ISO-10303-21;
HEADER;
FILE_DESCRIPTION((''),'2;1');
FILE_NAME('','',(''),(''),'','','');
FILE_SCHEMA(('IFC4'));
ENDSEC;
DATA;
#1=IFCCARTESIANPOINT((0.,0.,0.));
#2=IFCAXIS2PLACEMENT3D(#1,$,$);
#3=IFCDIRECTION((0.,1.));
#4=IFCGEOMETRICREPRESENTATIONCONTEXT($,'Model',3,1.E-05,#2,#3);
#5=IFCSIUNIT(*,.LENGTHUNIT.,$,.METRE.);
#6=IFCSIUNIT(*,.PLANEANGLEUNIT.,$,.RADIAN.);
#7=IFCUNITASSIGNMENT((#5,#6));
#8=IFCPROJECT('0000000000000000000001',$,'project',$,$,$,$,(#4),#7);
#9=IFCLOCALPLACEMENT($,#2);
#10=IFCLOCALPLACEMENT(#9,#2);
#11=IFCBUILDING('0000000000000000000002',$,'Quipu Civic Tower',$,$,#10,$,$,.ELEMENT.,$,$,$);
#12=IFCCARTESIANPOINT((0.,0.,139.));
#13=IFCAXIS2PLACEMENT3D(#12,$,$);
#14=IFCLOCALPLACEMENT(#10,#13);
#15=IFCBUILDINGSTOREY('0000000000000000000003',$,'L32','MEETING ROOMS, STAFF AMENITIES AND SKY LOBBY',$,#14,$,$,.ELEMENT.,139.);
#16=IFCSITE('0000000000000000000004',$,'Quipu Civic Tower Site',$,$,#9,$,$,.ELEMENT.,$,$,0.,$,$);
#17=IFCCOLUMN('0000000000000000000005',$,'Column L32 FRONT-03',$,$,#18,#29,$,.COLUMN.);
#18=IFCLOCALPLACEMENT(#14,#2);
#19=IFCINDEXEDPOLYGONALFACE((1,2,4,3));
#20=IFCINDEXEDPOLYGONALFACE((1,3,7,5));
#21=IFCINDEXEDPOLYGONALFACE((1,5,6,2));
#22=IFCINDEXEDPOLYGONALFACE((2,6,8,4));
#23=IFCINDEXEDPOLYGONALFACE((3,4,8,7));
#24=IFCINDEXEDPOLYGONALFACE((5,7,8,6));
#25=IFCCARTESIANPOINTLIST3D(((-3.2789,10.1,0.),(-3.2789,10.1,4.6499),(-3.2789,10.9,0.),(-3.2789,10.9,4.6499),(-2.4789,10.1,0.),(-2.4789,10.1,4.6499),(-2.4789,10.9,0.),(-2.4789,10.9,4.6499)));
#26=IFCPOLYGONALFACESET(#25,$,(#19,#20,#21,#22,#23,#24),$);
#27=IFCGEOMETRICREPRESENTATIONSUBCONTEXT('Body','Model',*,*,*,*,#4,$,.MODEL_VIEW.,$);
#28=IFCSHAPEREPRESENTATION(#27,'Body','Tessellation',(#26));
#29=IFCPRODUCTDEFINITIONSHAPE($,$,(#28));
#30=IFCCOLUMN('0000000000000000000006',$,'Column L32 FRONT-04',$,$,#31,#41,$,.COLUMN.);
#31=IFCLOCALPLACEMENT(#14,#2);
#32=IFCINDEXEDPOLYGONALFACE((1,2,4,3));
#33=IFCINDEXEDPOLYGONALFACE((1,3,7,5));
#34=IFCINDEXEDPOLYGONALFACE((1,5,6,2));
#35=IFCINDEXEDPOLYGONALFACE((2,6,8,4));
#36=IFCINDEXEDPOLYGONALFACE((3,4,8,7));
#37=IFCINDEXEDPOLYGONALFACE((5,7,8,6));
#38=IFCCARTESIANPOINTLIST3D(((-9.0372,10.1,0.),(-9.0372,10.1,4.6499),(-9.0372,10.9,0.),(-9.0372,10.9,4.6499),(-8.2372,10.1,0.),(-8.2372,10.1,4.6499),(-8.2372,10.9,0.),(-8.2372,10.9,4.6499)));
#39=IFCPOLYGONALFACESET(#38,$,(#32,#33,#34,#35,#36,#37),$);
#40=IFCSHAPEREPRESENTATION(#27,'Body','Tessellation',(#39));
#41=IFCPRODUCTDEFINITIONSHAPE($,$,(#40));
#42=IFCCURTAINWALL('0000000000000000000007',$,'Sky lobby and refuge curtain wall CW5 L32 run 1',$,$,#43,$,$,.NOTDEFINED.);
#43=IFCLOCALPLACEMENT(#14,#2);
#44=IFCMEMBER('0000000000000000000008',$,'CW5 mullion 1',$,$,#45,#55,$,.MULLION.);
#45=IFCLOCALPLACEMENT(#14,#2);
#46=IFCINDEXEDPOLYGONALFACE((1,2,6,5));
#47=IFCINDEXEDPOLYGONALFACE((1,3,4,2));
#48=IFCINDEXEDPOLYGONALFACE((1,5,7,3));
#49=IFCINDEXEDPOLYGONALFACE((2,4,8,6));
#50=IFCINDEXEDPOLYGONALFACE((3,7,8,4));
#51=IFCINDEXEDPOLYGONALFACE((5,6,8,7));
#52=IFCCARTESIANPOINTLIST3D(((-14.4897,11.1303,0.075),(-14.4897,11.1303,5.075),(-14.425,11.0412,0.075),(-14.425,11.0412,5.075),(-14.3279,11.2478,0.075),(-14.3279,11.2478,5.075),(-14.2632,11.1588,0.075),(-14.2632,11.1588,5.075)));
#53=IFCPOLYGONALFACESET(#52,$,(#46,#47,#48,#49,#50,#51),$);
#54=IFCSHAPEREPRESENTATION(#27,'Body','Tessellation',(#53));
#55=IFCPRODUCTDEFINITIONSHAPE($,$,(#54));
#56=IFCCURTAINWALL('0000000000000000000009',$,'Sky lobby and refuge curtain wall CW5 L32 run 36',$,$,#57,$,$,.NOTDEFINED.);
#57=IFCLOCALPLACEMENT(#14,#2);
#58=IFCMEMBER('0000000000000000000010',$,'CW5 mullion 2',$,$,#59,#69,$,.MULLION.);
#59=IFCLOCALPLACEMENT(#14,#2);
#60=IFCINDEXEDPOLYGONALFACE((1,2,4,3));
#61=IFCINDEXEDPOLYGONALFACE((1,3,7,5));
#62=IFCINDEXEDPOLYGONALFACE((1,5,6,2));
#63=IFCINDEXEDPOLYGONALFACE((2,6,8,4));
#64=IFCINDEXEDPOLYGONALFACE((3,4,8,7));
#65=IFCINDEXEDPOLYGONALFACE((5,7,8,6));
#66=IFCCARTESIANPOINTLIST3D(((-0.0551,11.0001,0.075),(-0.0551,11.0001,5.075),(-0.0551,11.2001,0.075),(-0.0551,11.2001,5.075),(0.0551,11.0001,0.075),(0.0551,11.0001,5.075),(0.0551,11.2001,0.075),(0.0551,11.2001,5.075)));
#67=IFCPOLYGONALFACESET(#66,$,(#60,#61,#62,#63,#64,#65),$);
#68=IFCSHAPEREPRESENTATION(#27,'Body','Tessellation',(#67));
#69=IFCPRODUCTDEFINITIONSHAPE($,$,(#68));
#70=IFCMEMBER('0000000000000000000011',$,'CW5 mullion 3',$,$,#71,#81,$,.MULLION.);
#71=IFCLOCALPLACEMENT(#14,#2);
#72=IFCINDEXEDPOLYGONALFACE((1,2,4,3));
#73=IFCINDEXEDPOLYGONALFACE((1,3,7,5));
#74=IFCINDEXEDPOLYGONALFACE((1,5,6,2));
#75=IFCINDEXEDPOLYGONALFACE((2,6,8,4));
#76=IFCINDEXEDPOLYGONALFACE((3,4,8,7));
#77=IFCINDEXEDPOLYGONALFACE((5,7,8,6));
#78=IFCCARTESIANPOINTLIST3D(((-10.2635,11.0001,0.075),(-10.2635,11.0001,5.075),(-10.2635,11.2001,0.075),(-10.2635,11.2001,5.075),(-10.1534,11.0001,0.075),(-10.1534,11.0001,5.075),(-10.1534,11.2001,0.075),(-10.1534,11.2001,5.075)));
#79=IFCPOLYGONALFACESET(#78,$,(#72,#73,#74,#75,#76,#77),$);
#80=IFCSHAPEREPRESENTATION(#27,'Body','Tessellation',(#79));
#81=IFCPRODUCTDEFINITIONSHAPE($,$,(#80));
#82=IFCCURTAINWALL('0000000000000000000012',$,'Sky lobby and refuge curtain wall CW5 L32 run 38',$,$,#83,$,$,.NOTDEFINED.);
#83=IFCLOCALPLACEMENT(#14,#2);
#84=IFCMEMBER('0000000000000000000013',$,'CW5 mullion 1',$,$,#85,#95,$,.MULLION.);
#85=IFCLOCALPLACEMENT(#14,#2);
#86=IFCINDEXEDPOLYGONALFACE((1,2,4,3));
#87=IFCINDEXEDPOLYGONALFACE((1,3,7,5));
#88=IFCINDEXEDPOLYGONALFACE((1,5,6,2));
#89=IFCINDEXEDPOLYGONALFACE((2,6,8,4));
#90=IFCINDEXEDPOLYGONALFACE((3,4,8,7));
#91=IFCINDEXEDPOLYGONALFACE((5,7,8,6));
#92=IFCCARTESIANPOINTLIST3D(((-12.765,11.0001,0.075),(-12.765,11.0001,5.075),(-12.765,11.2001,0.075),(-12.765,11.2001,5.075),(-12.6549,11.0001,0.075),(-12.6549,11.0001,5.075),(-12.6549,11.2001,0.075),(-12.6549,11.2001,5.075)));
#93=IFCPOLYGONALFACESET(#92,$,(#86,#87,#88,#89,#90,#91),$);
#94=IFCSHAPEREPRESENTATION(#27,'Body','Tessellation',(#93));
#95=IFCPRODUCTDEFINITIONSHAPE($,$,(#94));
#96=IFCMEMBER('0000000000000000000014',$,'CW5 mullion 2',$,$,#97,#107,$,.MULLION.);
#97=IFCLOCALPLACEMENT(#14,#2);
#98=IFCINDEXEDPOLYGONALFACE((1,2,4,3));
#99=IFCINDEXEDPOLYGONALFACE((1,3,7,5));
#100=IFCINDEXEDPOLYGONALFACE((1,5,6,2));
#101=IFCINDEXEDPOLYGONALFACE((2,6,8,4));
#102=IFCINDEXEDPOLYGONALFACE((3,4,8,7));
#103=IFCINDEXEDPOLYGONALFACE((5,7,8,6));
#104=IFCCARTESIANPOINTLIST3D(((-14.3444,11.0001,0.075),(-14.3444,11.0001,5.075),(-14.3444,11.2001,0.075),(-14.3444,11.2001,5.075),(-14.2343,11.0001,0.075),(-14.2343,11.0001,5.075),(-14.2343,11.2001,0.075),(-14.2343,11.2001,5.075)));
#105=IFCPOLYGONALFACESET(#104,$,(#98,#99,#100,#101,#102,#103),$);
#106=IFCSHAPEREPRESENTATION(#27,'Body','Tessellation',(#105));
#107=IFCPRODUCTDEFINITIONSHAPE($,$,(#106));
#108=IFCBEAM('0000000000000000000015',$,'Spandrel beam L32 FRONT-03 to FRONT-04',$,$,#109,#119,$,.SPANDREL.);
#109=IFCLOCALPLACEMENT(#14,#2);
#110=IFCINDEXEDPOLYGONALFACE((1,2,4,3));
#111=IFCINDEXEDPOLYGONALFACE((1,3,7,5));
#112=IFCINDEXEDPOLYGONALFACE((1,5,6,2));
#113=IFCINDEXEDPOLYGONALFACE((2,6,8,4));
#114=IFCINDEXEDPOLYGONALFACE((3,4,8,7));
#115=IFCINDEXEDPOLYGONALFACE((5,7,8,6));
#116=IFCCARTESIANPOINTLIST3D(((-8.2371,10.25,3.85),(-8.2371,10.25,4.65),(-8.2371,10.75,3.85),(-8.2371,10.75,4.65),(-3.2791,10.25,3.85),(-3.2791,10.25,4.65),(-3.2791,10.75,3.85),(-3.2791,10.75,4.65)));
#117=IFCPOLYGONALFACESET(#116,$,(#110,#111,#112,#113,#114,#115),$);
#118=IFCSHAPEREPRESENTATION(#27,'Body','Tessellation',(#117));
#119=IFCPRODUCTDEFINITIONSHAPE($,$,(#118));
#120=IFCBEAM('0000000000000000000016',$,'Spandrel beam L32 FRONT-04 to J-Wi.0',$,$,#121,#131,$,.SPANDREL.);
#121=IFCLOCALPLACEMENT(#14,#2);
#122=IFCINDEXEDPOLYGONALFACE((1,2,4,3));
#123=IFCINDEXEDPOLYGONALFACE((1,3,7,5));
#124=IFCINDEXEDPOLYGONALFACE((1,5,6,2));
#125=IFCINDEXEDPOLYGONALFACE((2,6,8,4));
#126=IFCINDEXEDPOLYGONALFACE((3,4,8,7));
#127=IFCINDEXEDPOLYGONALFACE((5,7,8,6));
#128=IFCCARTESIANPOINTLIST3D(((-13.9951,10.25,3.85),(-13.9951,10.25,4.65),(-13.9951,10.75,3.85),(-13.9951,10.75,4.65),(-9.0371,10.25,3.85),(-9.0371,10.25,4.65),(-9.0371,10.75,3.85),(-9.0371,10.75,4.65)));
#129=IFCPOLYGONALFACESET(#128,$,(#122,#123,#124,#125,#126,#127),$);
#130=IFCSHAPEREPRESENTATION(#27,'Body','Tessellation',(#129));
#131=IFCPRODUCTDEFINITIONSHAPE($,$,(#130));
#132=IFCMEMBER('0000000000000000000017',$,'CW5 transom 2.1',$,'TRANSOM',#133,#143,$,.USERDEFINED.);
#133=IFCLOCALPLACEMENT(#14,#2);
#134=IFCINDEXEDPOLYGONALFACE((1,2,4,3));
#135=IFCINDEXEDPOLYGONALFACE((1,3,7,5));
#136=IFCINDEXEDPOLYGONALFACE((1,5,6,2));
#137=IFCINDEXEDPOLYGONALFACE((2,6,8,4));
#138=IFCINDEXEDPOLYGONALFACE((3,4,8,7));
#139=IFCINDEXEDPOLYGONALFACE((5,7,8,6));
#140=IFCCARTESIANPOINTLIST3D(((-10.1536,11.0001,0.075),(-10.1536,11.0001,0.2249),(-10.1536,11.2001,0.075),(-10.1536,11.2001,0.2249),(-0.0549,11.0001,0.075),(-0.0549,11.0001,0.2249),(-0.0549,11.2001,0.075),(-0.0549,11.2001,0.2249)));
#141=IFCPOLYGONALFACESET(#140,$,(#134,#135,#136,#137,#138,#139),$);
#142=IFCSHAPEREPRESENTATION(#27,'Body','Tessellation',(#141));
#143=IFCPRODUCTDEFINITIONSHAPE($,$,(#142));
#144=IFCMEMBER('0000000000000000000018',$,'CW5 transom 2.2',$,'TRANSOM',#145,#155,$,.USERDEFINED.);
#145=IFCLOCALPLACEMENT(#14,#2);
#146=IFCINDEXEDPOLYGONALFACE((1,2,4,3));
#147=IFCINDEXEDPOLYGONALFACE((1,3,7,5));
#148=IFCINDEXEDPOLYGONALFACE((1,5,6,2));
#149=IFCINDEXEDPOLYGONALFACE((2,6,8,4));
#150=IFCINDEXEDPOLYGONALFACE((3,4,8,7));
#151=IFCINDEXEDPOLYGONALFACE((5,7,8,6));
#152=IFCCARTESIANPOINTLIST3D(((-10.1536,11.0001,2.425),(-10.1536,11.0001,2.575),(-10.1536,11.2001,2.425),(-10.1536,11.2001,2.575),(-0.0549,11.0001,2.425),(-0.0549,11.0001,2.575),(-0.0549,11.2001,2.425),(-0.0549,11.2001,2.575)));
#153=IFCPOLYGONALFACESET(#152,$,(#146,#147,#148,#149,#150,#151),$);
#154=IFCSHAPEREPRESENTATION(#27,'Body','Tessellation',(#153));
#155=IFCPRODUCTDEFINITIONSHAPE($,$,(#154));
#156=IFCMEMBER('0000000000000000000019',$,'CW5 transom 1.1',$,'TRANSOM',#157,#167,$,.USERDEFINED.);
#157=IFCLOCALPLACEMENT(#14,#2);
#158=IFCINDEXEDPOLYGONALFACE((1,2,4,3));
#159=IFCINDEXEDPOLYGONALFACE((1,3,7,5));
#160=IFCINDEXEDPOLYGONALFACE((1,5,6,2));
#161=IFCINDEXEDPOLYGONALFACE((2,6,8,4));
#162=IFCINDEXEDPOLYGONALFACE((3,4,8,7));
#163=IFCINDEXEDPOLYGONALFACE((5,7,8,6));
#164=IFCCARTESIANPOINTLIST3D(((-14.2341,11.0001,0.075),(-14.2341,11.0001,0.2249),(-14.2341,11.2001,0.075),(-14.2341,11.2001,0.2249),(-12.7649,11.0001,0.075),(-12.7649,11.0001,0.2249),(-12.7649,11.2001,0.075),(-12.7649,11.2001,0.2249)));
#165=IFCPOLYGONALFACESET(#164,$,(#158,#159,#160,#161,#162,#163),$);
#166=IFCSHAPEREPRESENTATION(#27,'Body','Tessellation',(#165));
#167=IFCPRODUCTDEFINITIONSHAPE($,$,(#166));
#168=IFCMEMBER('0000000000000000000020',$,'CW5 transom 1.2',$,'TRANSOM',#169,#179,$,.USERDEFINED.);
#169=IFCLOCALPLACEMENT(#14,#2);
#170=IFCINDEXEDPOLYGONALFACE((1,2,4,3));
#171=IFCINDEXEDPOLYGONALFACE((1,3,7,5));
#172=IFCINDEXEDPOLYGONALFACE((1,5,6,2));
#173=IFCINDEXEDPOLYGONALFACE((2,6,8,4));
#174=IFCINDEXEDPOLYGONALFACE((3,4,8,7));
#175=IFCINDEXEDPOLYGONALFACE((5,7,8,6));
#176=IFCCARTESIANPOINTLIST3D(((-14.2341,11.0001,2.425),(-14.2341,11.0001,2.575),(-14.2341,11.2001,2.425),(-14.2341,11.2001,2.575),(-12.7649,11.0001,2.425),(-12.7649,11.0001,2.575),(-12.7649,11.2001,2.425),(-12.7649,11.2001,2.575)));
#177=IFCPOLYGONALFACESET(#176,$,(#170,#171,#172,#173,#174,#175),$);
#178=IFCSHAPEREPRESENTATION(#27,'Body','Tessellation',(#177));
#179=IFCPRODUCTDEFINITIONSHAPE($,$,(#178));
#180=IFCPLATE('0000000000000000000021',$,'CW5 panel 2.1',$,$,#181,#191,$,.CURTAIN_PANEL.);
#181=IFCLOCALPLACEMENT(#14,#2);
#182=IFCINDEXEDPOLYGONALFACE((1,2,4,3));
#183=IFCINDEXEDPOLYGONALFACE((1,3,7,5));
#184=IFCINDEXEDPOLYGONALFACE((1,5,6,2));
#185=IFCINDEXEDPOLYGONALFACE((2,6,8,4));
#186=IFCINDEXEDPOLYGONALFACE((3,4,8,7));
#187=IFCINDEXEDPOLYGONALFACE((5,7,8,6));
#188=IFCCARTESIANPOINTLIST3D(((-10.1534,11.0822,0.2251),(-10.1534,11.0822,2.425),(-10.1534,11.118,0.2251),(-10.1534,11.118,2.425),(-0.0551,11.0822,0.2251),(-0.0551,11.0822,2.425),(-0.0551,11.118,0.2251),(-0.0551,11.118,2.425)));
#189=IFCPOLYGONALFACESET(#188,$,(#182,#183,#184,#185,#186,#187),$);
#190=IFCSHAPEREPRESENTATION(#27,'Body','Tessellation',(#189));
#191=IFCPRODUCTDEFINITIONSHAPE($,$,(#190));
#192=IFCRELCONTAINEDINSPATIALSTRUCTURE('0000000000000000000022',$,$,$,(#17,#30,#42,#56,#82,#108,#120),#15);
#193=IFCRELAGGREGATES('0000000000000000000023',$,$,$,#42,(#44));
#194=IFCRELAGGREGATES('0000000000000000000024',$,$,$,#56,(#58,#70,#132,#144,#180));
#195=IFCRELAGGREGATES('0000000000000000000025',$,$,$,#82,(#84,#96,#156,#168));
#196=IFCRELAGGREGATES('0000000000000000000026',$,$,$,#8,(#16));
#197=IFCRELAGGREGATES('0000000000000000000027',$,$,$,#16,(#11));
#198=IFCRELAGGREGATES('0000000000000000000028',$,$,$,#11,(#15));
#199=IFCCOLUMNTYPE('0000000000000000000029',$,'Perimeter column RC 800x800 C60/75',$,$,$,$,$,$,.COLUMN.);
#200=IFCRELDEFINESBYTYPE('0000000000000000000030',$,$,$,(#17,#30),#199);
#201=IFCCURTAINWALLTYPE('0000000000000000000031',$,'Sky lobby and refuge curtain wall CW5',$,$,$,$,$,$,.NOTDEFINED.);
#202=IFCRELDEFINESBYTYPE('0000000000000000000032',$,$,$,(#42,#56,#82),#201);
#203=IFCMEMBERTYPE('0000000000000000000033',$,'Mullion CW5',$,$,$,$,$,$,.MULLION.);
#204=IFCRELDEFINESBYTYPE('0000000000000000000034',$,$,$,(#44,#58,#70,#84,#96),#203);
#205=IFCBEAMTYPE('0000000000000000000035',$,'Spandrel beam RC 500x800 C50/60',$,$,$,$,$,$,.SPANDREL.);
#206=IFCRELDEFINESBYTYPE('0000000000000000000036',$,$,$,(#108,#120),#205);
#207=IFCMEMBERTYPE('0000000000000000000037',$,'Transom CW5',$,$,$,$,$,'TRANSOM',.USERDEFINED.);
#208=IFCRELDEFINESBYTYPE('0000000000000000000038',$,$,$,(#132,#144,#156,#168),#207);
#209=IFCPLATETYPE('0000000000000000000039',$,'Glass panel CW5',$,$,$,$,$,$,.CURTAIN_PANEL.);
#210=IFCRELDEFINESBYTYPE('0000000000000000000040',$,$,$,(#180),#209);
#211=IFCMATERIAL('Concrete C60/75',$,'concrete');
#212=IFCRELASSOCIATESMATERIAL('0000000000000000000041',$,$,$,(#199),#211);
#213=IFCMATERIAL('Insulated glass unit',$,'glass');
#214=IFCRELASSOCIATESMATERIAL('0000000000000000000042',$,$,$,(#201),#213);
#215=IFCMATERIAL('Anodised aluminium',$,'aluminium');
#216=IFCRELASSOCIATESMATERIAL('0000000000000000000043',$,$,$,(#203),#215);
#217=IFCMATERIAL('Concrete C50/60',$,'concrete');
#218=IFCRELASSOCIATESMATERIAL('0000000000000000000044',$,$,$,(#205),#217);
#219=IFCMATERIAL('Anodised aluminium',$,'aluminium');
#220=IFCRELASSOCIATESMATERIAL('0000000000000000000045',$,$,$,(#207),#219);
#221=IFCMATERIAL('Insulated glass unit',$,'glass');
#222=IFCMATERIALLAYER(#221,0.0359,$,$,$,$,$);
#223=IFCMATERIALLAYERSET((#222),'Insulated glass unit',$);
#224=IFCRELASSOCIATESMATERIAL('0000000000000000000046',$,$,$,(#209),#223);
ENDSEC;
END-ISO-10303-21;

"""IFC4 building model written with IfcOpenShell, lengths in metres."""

from ifc_helpers import new_model, si_unit, direction, frame, origin, origin_2d, place, context, subcontext, project, spatial, rectangle, extrude, material, layer, layer_set, material_profile, profile_set, type_object, element, aggregate, save


model = new_model("IFC4")

# Units and contexts
model_context = context("Model", 3, precision=1e-05, world=origin(), true_north=direction((0.0, 1.0)))
body_context = subcontext(model_context, "Body", "Model", "MODEL_VIEW")
ifc_project = project(units=[si_unit("LENGTHUNIT", "METRE"), si_unit("PLANEANGLEUNIT", "RADIAN")], contexts=[model_context])

# Site, building, storey
site_placement = place(None, origin())
site = spatial("IfcSite", under=ifc_project, at=site_placement, Name="Quipu Civic Tower Site", CompositionType="ELEMENT", RefElevation=0.0)
building_placement = place(site_placement, origin())
building = spatial("IfcBuilding", under=site, at=building_placement, Name="Quipu Civic Tower", CompositionType="ELEMENT")
storey_placement = place(building_placement, frame((0.0, 0.0, 139.0)))
storey = spatial("IfcBuildingStorey", under=building, at=storey_placement, Name="L32", Description="MEETING ROOMS, STAFF AMENITIES AND SKY LOBBY", CompositionType="ELEMENT", Elevation=139.0)

# Columns
ifc_material_1 = material(Name="Concrete C60/75", Category="concrete")
ifc_material_profile_1 = material_profile(ifc_material_1, rectangle(XDim=0.8, YDim=0.8, at=origin_2d()), Name="RC800x800")
ifc_profile_set_1 = profile_set([ifc_material_profile_1], Name="Concrete C60/75")
column_type = type_object("IfcColumnType", Name="Perimeter column RC 800x800 C60/75", PredefinedType="COLUMN", material=ifc_profile_set_1)
for number, where, z_axis, x_axis, name in (
    (1, (-2.8789, 10.5, 0.0), (0.0, 0.0, 1.0), (-1.0, 0.0, 0.0), "Column L32 FRONT-03"),
    (2, (-8.6372, 10.5, 0.0), (0.0, 0.0, 1.0), (-1.0, 0.0, 0.0), "Column L32 FRONT-04"),
):
    element("IfcColumn", number, at=place(storey_placement, frame(where, z_axis=z_axis, x_axis=x_axis)), inside=storey, type_object=column_type, Name=name, PredefinedType="COLUMN", context=body_context, shape_type="SweptSolid", body=[
        extrude(rectangle(XDim=0.8, YDim=0.8, at=origin_2d()), origin(), (0.0, 0.0, 1.0), 4.6499),
    ])

# Curtain wall, member
ifc_material_2 = material(Name="Insulated glass unit", Category="glass")
curtain_wall_type = type_object("IfcCurtainWallType", Name="Sky lobby and refuge curtain wall CW5", PredefinedType="NOTDEFINED", material=ifc_material_2)
curtain_wall_1_placement = place(storey_placement, origin())
curtain_wall_1 = element("IfcCurtainWall", 3, at=curtain_wall_1_placement, inside=storey, type_object=curtain_wall_type, Name="Sky lobby and refuge curtain wall CW5 L32 run 1", PredefinedType="NOTDEFINED")
ifc_material_3 = material(Name="Anodised aluminium", Category="aluminium")
ifc_material_profile_2 = material_profile(ifc_material_3, rectangle(XDim=0.2, YDim=0.1101, at=origin_2d()), Name="RECT 200x110")
ifc_profile_set_2 = profile_set([ifc_material_profile_2], Name="Anodised aluminium")
member_type_1 = type_object("IfcMemberType", Name="Mullion CW5", PredefinedType="MULLION", material=ifc_profile_set_2)
member_1_placement = place(storey_placement, frame((-14.3765, 11.1445, 0.075), z_axis=(0.0, 0.0, 1.0), x_axis=(-0.809014, -0.587789, 0.0)))
member_1 = element("IfcMember", 4, at=member_1_placement, type_object=member_type_1, Name="CW5 mullion 1", PredefinedType="MULLION", context=body_context, shape_type="SweptSolid", body=[
    extrude(rectangle(XDim=0.2, YDim=0.1101, at=origin_2d()), origin(), (0.0, 0.0, 1.0), 5.0),
])
aggregate(curtain_wall_1, [member_1])

# Curtain walls, members
curtain_wall_2_placement = place(storey_placement, origin())
curtain_wall_2 = element("IfcCurtainWall", 5, at=curtain_wall_2_placement, inside=storey, type_object=curtain_wall_type, Name="Sky lobby and refuge curtain wall CW5 L32 run 36", PredefinedType="NOTDEFINED")
member_2_placement = place(storey_placement, frame((0.0, 11.1001, 0.075), z_axis=(0.0, 0.0, 1.0), x_axis=(0.0, -1.0, 0.0)))
member_2 = element("IfcMember", 6, at=member_2_placement, type_object=member_type_1, Name="CW5 mullion 2", PredefinedType="MULLION", context=body_context, shape_type="SweptSolid", body=[
    extrude(rectangle(XDim=0.2, YDim=0.1101, at=origin_2d()), origin(), (0.0, 0.0, 1.0), 5.0),
])
member_3_placement = place(storey_placement, frame((-10.2085, 11.1001, 0.075), z_axis=(0.0, 0.0, 1.0), x_axis=(0.0, -1.0, 0.0)))
member_3 = element("IfcMember", 7, at=member_3_placement, type_object=member_type_1, Name="CW5 mullion 3", PredefinedType="MULLION", context=body_context, shape_type="SweptSolid", body=[
    extrude(rectangle(XDim=0.2, YDim=0.1101, at=origin_2d()), origin(), (0.0, 0.0, 1.0), 5.0),
])
curtain_wall_3_placement = place(storey_placement, origin())
curtain_wall_3 = element("IfcCurtainWall", 8, at=curtain_wall_3_placement, inside=storey, type_object=curtain_wall_type, Name="Sky lobby and refuge curtain wall CW5 L32 run 38", PredefinedType="NOTDEFINED")
member_4_placement = place(storey_placement, frame((-12.71, 11.1001, 0.075), z_axis=(0.0, 0.0, 1.0), x_axis=(0.0, -1.0, 0.0)))
member_4 = element("IfcMember", 9, at=member_4_placement, type_object=member_type_1, Name="CW5 mullion 1", PredefinedType="MULLION", context=body_context, shape_type="SweptSolid", body=[
    extrude(rectangle(XDim=0.2, YDim=0.1101, at=origin_2d()), origin(), (0.0, 0.0, 1.0), 5.0),
])
member_5_placement = place(storey_placement, frame((-14.2893, 11.1001, 0.075), z_axis=(0.0, 0.0, 1.0), x_axis=(0.0, -1.0, 0.0)))
member_5 = element("IfcMember", 10, at=member_5_placement, type_object=member_type_1, Name="CW5 mullion 2", PredefinedType="MULLION", context=body_context, shape_type="SweptSolid", body=[
    extrude(rectangle(XDim=0.2, YDim=0.1101, at=origin_2d()), origin(), (0.0, 0.0, 1.0), 5.0),
])

# Beams
ifc_material_4 = material(Name="Concrete C50/60", Category="concrete")
ifc_material_profile_3 = material_profile(ifc_material_4, rectangle(XDim=0.5, YDim=0.8, at=origin_2d()), Name="RC500x800")
ifc_profile_set_3 = profile_set([ifc_material_profile_3], Name="Concrete C50/60")
beam_type = type_object("IfcBeamType", Name="Spandrel beam RC 500x800 C50/60", PredefinedType="SPANDREL", material=ifc_profile_set_3)
for number, where, z_axis, x_axis, name in (
    (11, (-3.2791, 10.5, 4.25), (-1.0, 0.0, 0.0), (0.0, -1.0, 0.0), "Spandrel beam L32 FRONT-03 to FRONT-04"),
    (12, (-9.0371, 10.5, 4.25), (-1.0, 0.0, 0.0), (0.0, -1.0, 0.0), "Spandrel beam L32 FRONT-04 to J-Wi.0"),
):
    element("IfcBeam", number, at=place(storey_placement, frame(where, z_axis=z_axis, x_axis=x_axis)), inside=storey, type_object=beam_type, Name=name, PredefinedType="SPANDREL", context=body_context, shape_type="SweptSolid", body=[
        extrude(rectangle(XDim=0.5, YDim=0.8, at=origin_2d()), origin(), (0.0, 0.0, 1.0), 4.958),
    ])

# Members
ifc_material_5 = material(Name="Anodised aluminium", Category="aluminium")
ifc_material_profile_4 = material_profile(ifc_material_5, rectangle(XDim=0.2, YDim=0.1499, at=origin_2d()), Name="RECT 200x150")
ifc_profile_set_4 = profile_set([ifc_material_profile_4], Name="Anodised aluminium")
member_type_2 = type_object("IfcMemberType", Name="Transom CW5", ElementType="TRANSOM", PredefinedType="USERDEFINED", material=ifc_profile_set_4)
member_6_placement = place(storey_placement, frame((-0.0549, 11.1001, 0.1499), z_axis=(-1.0, 0.0, 0.0), x_axis=(0.0, -1.0, 0.0)))
member_6 = element("IfcMember", 13, at=member_6_placement, type_object=member_type_2, Name="CW5 transom 2.1", ObjectType="TRANSOM", PredefinedType="USERDEFINED", context=body_context, shape_type="SweptSolid", body=[
    extrude(rectangle(XDim=0.2, YDim=0.1499, at=origin_2d()), origin(), (0.0, 0.0, 1.0), 10.0986),
])
member_7_placement = place(storey_placement, frame((-0.0549, 11.1001, 2.5), z_axis=(-1.0, 0.0, 0.0), x_axis=(0.0, -1.0, 0.0)))
member_7 = element("IfcMember", 14, at=member_7_placement, type_object=member_type_2, Name="CW5 transom 2.2", ObjectType="TRANSOM", PredefinedType="USERDEFINED", context=body_context, shape_type="SweptSolid", body=[
    extrude(rectangle(XDim=0.2, YDim=0.1499, at=origin_2d()), origin(), (0.0, 0.0, 1.0), 10.0986),
])
member_8_placement = place(storey_placement, frame((-12.7649, 11.1001, 0.1499), z_axis=(-1.0, 0.0, 0.0), x_axis=(0.0, -1.0, 0.0)))
member_8 = element("IfcMember", 15, at=member_8_placement, type_object=member_type_2, Name="CW5 transom 1.1", ObjectType="TRANSOM", PredefinedType="USERDEFINED", context=body_context, shape_type="SweptSolid", body=[
    extrude(rectangle(XDim=0.2, YDim=0.1499, at=origin_2d()), origin(), (0.0, 0.0, 1.0), 1.4692),
])
member_9_placement = place(storey_placement, frame((-12.7649, 11.1001, 2.5), z_axis=(-1.0, 0.0, 0.0), x_axis=(0.0, -1.0, 0.0)))
member_9 = element("IfcMember", 16, at=member_9_placement, type_object=member_type_2, Name="CW5 transom 1.2", ObjectType="TRANSOM", PredefinedType="USERDEFINED", context=body_context, shape_type="SweptSolid", body=[
    extrude(rectangle(XDim=0.2, YDim=0.1499, at=origin_2d()), origin(), (0.0, 0.0, 1.0), 1.4692),
])

# Plate
ifc_material_6 = material(Name="Insulated glass unit", Category="glass")
ifc_layer_1 = layer(ifc_material_6, 0.0359)
ifc_layer_set_1 = layer_set([ifc_layer_1], Name="Insulated glass unit")
plate_type_1 = type_object("IfcPlateType", Name="Glass panel CW5", PredefinedType="CURTAIN_PANEL", material=ifc_layer_set_1)
plate_1_placement = place(storey_placement, frame((-5.1042, 11.1001, 0.2251), z_axis=(0.0, 0.0, 1.0), x_axis=(-1.0, 0.0, 0.0)))
plate_1 = element("IfcPlate", 17, at=plate_1_placement, type_object=plate_type_1, Name="CW5 panel 2.1", PredefinedType="CURTAIN_PANEL", context=body_context, shape_type="SweptSolid", body=[
    extrude(rectangle(XDim=10.0984, YDim=0.0359, at=origin_2d()), origin(), (0.0, 0.0, 1.0), 2.2),
])
aggregate(curtain_wall_2, [member_2, member_3, member_6, member_7, plate_1])
aggregate(curtain_wall_3, [member_4, member_5, member_8, member_9])

save(model, "model.ifc")
